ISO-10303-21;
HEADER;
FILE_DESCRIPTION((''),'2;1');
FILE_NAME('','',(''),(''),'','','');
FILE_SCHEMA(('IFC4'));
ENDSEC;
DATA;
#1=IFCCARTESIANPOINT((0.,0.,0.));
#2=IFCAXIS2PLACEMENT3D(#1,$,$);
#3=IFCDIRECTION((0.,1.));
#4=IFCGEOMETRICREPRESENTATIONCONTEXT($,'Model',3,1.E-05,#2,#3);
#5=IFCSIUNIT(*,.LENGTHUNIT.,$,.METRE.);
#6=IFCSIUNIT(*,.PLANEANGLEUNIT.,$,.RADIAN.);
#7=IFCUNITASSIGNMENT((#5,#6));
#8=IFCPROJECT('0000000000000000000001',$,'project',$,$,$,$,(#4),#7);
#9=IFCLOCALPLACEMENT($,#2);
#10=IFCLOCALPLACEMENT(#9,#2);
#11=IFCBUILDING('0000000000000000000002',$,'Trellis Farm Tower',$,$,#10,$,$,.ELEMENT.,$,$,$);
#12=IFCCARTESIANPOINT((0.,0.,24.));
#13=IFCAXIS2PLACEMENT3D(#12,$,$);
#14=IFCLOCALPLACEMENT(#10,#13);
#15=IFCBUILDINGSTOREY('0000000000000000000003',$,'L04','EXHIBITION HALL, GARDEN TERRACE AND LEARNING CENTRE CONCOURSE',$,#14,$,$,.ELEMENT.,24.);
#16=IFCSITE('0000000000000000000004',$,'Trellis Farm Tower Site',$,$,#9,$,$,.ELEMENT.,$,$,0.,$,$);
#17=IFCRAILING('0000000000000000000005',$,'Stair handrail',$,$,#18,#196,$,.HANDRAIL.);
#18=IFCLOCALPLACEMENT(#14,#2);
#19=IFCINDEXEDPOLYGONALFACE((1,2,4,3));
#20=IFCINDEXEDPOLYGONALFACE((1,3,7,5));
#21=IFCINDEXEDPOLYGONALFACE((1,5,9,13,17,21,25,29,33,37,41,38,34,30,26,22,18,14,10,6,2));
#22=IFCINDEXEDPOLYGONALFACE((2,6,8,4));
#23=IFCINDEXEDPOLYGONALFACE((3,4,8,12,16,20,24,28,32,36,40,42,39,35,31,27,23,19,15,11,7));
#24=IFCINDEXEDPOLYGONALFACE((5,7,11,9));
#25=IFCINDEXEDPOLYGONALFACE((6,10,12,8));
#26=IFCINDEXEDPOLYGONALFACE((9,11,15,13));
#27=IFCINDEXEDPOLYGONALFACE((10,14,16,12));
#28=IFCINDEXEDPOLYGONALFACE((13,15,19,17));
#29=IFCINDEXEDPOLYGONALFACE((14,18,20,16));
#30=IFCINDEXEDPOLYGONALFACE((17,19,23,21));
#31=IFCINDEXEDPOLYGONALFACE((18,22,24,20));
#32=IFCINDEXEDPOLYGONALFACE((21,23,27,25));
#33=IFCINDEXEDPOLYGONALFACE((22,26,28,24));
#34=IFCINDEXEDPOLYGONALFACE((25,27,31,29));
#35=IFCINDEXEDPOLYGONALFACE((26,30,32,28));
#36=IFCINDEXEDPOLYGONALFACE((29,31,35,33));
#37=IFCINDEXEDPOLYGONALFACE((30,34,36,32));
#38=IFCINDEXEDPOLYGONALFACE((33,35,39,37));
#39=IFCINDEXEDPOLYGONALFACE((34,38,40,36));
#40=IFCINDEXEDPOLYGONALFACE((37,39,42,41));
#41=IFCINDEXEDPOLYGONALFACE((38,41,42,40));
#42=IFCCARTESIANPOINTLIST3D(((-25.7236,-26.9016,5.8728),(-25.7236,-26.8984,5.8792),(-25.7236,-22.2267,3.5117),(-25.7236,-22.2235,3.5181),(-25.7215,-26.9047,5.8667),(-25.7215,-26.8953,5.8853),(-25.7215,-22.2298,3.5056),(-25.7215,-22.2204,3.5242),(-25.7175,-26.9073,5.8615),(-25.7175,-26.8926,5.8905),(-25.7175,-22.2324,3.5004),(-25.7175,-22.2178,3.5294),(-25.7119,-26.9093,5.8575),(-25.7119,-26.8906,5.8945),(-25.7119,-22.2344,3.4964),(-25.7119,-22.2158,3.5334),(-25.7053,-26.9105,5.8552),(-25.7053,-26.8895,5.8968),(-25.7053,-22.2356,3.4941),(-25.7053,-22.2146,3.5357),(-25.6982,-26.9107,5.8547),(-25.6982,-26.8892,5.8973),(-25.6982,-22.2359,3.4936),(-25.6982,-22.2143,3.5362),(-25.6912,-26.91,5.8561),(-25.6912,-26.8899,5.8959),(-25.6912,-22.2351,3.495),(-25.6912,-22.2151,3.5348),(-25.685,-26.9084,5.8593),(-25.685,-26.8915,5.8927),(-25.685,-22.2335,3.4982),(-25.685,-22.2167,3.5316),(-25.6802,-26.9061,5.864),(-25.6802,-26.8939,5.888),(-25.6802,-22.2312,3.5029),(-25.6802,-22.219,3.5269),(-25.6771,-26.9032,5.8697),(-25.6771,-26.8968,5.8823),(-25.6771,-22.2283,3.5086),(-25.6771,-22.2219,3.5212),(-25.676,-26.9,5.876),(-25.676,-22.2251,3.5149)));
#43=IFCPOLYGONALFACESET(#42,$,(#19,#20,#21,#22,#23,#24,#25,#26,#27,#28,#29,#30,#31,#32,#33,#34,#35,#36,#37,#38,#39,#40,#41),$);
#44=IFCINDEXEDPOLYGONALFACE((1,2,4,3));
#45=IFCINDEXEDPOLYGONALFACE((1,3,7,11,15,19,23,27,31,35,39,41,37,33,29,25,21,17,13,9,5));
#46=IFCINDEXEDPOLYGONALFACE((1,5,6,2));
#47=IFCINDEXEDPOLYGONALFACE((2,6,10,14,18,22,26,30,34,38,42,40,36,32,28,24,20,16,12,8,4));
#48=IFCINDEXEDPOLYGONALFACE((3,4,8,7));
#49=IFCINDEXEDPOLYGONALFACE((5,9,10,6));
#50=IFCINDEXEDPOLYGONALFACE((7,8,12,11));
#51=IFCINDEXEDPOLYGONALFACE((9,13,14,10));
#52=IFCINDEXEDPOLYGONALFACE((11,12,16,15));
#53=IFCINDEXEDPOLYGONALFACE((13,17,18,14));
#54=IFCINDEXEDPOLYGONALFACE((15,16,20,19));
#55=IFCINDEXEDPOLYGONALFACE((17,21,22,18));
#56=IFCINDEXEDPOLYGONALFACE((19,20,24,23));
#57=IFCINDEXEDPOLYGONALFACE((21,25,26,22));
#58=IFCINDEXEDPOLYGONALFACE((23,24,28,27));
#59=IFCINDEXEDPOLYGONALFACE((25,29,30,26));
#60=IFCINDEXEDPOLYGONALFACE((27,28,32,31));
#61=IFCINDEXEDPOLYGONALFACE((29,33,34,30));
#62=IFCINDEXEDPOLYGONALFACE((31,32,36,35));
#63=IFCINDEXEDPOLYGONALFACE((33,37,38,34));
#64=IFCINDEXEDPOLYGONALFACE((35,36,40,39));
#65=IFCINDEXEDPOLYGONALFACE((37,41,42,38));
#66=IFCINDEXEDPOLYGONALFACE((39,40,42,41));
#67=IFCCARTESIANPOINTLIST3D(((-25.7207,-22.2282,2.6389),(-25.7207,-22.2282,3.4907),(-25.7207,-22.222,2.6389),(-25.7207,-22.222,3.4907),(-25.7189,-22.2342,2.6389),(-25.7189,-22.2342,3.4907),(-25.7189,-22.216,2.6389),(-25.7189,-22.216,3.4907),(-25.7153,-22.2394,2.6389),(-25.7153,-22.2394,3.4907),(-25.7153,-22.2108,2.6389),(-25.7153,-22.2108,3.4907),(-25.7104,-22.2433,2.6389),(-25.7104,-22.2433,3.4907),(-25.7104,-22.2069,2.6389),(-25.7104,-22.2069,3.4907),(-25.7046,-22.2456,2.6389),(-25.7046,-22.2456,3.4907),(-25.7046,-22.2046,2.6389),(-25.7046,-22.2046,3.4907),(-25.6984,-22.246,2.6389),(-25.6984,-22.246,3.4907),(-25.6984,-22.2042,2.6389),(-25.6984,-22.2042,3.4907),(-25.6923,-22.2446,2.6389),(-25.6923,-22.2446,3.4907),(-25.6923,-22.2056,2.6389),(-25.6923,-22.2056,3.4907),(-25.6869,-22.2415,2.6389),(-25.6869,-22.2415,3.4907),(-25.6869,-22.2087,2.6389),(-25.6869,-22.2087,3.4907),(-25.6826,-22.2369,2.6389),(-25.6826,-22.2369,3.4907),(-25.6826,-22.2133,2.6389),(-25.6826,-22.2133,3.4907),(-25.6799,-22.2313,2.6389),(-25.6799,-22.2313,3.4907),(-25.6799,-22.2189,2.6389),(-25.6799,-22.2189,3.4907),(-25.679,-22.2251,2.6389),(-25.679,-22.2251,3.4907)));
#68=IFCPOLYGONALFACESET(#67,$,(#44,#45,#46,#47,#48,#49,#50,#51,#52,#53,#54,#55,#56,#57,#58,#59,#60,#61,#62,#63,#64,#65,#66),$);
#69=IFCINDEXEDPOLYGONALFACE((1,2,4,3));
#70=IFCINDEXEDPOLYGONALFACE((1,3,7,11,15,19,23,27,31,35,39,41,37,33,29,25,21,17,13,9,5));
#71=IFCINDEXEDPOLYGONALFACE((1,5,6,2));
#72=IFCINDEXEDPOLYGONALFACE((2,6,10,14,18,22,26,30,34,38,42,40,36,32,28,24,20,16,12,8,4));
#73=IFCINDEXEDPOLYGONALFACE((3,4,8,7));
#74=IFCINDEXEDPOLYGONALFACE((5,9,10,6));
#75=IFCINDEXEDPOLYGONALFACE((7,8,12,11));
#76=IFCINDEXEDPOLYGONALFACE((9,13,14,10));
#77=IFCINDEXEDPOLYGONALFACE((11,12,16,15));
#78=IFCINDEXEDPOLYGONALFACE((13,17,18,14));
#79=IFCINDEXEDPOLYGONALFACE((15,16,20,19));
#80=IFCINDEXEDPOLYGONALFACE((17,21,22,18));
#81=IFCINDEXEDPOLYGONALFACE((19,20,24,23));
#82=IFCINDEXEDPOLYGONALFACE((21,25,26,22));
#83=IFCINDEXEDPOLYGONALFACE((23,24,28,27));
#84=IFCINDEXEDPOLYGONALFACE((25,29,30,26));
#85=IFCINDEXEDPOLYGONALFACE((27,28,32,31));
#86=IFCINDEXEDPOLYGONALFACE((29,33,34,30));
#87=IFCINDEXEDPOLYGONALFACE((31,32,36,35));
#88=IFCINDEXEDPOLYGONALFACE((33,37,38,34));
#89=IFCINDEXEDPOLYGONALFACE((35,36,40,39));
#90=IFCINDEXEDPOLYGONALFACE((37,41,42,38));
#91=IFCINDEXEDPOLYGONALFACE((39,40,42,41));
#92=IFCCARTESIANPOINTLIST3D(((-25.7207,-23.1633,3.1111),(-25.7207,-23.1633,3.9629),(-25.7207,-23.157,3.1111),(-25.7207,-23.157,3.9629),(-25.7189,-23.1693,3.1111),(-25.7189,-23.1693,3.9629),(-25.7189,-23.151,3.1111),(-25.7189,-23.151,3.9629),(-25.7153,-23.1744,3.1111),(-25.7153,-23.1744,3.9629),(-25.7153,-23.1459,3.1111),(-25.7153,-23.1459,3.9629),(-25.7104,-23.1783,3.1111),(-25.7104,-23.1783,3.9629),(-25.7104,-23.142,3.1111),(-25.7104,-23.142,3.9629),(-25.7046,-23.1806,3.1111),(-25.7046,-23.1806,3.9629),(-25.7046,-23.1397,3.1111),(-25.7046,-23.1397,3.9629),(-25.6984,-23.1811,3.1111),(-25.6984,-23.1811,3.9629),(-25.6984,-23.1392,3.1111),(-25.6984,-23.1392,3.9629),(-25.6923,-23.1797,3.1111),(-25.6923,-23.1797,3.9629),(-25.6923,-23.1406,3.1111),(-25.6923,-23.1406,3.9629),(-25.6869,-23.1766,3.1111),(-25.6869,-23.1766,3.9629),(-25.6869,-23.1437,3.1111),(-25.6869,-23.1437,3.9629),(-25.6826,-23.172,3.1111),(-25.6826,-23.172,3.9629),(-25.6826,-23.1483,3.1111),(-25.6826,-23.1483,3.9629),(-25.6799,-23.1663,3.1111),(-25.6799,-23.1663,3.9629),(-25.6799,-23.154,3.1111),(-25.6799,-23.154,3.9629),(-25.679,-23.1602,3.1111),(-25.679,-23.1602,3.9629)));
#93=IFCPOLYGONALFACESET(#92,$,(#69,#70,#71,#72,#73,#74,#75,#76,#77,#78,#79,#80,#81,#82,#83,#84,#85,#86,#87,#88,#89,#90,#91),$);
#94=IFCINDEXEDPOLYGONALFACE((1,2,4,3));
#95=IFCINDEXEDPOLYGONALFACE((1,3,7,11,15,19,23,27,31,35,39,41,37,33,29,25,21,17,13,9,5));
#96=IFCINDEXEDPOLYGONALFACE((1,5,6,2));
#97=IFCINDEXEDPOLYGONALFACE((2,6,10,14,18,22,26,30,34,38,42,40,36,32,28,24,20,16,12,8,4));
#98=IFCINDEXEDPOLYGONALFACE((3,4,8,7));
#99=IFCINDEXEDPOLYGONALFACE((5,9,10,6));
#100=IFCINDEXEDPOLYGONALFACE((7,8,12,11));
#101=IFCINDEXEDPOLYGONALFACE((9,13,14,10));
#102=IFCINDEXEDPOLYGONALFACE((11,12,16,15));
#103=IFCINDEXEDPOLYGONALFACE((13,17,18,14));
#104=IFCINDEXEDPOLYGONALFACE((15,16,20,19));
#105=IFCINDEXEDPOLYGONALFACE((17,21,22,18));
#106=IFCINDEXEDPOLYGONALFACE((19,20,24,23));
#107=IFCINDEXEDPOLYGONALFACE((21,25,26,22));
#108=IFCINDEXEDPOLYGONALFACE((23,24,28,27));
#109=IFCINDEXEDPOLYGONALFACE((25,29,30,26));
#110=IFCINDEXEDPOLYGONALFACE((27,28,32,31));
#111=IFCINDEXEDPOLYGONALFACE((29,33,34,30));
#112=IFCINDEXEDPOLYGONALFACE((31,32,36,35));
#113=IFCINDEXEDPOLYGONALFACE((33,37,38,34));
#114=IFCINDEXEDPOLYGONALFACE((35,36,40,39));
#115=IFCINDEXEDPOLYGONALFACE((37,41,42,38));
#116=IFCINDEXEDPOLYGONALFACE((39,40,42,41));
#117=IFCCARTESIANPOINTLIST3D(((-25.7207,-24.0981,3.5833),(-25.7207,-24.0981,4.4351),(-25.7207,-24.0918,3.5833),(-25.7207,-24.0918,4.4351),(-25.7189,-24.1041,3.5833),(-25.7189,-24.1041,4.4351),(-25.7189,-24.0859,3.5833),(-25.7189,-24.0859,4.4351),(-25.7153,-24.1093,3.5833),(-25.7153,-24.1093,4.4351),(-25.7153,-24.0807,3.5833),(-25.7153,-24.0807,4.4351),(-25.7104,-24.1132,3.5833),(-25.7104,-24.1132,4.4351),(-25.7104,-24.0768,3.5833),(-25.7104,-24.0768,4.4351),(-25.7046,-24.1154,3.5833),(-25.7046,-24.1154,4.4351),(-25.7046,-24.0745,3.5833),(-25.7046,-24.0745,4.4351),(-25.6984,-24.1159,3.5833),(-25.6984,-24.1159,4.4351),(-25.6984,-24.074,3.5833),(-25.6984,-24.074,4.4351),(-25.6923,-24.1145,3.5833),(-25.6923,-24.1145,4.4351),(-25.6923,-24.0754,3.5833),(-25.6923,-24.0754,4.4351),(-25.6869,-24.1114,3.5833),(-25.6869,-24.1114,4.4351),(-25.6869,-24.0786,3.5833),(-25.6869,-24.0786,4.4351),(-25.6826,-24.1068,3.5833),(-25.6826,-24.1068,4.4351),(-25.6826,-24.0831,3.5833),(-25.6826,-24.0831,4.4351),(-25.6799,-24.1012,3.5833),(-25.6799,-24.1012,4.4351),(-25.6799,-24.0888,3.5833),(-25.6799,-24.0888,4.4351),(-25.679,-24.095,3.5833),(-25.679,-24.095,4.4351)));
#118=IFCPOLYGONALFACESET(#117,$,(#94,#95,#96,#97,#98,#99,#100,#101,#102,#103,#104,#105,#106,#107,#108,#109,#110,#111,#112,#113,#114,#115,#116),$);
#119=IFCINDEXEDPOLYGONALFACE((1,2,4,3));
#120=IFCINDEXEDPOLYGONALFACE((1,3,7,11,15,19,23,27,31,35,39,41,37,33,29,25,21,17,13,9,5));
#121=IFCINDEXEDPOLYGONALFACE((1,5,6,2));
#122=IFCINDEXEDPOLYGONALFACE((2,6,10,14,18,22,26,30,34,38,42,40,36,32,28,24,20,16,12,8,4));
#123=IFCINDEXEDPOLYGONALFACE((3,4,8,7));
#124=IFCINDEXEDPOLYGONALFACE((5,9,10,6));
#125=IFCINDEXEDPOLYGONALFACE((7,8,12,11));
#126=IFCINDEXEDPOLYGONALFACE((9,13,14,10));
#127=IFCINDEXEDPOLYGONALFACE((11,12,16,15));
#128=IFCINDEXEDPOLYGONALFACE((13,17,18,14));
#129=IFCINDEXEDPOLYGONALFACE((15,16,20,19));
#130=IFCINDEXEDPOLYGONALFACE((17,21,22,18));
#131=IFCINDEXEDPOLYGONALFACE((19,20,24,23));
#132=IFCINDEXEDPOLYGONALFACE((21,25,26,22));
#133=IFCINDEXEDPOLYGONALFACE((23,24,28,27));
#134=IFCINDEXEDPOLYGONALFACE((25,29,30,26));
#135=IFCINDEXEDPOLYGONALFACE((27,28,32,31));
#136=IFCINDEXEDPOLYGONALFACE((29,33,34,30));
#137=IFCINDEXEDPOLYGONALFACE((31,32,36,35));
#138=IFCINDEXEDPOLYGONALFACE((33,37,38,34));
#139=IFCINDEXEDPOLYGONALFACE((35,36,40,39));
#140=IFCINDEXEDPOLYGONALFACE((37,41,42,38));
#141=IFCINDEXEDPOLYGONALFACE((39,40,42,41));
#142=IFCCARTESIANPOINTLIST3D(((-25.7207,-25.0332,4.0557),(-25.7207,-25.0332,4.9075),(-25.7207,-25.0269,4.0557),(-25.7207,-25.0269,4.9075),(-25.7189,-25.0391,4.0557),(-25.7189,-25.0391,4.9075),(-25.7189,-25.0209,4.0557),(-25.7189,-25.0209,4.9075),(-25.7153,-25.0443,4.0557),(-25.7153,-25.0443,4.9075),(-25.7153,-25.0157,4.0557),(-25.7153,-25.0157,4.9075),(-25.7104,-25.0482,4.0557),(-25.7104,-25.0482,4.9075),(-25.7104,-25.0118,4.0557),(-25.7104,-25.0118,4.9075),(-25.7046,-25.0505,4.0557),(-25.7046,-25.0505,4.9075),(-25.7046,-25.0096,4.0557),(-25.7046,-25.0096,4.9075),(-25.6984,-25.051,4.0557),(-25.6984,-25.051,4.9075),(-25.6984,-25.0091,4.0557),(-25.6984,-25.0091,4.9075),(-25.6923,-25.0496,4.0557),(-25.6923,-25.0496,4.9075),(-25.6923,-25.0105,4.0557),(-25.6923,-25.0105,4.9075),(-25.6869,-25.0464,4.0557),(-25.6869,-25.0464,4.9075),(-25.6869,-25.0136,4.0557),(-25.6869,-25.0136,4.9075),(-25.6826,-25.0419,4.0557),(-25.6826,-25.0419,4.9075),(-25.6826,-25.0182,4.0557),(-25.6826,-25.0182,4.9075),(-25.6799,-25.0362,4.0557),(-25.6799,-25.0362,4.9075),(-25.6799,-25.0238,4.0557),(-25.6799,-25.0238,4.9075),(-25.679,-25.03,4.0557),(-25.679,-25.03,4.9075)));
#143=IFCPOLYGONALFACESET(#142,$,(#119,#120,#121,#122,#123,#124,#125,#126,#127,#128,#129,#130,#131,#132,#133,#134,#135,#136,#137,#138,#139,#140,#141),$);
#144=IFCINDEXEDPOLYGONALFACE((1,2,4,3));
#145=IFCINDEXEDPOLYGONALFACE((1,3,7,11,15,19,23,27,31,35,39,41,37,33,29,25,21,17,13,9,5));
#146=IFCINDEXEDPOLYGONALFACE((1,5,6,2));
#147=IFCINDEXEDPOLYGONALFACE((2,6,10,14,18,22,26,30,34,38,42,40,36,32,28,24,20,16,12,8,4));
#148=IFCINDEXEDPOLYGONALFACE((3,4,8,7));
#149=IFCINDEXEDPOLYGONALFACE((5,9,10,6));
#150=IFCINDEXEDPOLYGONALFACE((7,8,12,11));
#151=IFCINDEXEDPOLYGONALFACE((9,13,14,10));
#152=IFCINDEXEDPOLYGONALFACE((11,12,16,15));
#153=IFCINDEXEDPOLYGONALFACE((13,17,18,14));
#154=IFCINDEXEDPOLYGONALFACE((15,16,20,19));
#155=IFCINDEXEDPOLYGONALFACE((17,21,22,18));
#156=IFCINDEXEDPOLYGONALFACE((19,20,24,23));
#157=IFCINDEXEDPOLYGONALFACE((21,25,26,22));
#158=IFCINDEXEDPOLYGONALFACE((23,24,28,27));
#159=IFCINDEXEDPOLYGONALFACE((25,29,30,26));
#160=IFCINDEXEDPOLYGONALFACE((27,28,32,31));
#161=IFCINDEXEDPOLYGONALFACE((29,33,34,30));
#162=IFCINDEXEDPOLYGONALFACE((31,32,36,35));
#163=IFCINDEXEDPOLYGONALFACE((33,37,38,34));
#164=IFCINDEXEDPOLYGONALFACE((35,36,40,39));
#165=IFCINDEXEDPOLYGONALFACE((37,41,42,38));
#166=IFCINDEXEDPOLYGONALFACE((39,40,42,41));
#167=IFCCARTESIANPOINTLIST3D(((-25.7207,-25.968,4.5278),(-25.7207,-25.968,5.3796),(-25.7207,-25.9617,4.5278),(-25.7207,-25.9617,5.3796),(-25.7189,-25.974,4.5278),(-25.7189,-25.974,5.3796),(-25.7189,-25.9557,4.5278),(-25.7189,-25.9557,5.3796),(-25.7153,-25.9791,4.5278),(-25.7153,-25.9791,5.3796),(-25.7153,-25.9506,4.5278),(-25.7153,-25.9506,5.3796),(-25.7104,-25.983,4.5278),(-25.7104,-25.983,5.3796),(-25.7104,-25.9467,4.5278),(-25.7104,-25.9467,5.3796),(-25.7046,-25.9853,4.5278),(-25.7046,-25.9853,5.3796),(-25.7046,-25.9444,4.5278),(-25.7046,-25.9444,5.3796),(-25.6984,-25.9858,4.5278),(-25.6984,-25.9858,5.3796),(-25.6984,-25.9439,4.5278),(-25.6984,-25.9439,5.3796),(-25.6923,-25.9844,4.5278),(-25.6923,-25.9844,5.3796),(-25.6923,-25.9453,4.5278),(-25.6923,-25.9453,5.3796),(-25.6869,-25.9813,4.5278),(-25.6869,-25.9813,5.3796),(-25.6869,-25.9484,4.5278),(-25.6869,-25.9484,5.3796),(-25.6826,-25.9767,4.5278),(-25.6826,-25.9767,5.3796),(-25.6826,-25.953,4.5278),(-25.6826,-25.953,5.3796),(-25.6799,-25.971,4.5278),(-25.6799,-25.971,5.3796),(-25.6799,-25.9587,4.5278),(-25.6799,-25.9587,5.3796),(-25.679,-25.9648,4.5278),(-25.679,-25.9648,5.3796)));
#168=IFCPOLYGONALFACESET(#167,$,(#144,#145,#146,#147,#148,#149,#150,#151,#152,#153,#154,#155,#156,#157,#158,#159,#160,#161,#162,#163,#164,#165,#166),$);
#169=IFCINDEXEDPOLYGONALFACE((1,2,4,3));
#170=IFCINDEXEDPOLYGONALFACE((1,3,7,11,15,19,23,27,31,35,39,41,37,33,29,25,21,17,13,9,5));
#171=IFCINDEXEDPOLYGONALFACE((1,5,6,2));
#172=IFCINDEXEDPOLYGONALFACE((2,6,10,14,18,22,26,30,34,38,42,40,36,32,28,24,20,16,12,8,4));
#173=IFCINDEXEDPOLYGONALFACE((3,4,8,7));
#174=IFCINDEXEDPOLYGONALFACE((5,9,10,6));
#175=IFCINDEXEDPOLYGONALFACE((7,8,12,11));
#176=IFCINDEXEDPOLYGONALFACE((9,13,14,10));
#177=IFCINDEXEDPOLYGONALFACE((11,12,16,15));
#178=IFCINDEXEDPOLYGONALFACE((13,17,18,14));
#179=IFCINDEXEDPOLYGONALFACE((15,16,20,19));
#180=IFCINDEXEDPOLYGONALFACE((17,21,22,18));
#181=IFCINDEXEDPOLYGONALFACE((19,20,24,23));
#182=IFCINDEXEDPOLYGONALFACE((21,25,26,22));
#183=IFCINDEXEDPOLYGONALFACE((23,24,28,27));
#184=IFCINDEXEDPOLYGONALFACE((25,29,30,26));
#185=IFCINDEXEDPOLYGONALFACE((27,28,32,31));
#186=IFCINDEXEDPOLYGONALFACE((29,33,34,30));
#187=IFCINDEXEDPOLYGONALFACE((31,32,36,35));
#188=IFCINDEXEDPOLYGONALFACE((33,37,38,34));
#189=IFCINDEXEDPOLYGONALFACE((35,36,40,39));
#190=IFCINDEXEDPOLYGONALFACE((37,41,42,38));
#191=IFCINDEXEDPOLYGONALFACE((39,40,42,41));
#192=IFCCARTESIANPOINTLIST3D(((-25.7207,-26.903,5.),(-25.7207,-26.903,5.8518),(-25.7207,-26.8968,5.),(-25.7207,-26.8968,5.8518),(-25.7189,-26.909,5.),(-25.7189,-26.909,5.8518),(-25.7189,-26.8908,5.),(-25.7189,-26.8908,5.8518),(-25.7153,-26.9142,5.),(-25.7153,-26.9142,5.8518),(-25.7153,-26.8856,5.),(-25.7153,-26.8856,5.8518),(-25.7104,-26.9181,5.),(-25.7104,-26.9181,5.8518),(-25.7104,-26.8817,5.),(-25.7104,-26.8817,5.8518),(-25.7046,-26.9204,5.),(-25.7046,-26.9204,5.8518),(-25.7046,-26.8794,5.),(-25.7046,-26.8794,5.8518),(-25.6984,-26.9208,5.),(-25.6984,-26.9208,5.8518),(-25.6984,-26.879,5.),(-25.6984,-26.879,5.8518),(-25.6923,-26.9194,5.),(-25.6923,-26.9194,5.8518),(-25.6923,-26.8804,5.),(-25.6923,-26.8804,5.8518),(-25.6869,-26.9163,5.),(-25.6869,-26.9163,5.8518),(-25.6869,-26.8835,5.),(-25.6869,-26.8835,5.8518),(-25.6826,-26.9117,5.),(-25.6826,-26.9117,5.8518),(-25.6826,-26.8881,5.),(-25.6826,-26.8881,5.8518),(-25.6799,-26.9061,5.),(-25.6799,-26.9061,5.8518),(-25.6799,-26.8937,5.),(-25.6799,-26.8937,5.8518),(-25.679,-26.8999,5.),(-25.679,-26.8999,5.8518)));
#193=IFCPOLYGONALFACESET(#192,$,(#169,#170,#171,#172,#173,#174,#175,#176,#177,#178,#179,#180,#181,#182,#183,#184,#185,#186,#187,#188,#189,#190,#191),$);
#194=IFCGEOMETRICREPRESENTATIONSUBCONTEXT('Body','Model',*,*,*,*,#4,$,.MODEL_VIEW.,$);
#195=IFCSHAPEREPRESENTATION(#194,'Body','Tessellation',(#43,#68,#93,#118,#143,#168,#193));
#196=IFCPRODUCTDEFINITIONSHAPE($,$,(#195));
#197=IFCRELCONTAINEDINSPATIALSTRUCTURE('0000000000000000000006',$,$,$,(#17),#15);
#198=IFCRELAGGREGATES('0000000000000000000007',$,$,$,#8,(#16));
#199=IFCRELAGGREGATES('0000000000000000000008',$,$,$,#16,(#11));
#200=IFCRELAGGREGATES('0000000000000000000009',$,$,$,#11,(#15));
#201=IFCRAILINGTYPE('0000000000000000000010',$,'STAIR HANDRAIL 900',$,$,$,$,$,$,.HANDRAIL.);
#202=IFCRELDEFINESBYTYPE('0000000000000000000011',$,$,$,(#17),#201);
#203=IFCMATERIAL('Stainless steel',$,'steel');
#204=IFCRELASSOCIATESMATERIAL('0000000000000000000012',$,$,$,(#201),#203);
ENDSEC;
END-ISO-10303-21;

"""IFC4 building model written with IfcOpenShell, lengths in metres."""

from ifc_helpers import new_model, si_unit, direction, frame, origin, origin_2d, place, context, subcontext, project, spatial, circle, extrude, source, transform, mapped, material, type_object, element, save


model = new_model("IFC4")

# Units and contexts
model_context = context("Model", 3, precision=1e-05, world=origin(), true_north=direction((0.0, 1.0)))
body_context = subcontext(model_context, "Body", "Model", "MODEL_VIEW")
ifc_project = project(units=[si_unit("LENGTHUNIT", "METRE"), si_unit("PLANEANGLEUNIT", "RADIAN")], contexts=[model_context])

# Site, building, storey
site_placement = place(None, origin())
site = spatial("IfcSite", under=ifc_project, at=site_placement, Name="Trellis Farm Tower Site", CompositionType="ELEMENT", RefElevation=0.0)
building_placement = place(site_placement, origin())
building = spatial("IfcBuilding", under=site, at=building_placement, Name="Trellis Farm Tower", CompositionType="ELEMENT")
storey_placement = place(building_placement, frame((0.0, 0.0, 24.0)))
storey = spatial("IfcBuildingStorey", under=building, at=storey_placement, Name="L04", Description="EXHIBITION HALL, GARDEN TERRACE AND LEARNING CENTRE CONCOURSE", CompositionType="ELEMENT", Elevation=24.0)

# Railing
ifc_material_1 = material(Name="Stainless steel", Category="steel")
railing_type = type_object("IfcRailingType", Name="STAIR HANDRAIL 900", PredefinedType="HANDRAIL", material=ifc_material_1)
shared_shape_1 = source(origin(), body_context, "Body", "SweptSolid", [
    extrude(circle(Radius=0.0239, at=origin_2d()), frame((0.0, 0.0, 0.876), z_axis=(0.0, -0.892611, 0.450827), x_axis=(1.0, 0.0, 0.0)), (0.0, 0.0, 1.0), 5.2373),
    extrude(circle(Radius=0.021, at=origin_2d()), origin(), (0.0, 0.0, 1.0), 0.8518),
    extrude(circle(Radius=0.021, at=origin_2d()), frame((0.0, -0.9351, 0.4722)), (0.0, 0.0, 1.0), 0.8518),
    extrude(circle(Radius=0.021, at=origin_2d()), frame((0.0, -1.8699, 0.9443)), (0.0, 0.0, 1.0), 0.8518),
    extrude(circle(Radius=0.021, at=origin_2d()), frame((0.0, -2.8049, 1.4167)), (0.0, 0.0, 1.0), 0.8518),
    extrude(circle(Radius=0.021, at=origin_2d()), frame((0.0, -3.7397, 1.8889)), (0.0, 0.0, 1.0), 0.8518),
    extrude(circle(Radius=0.021, at=origin_2d()), frame((0.0, -4.6748, 2.3611)), (0.0, 0.0, 1.0), 0.8518),
])
railing_placement = place(storey_placement, frame((-25.7, -22.2251, 2.6389)))
element("IfcRailing", 1, at=railing_placement, inside=storey, type_object=railing_type, Name="Stair handrail", PredefinedType="HANDRAIL", context=body_context, shape_type="MappedRepresentation", body=[
    mapped(shared_shape_1, transform((0.0, 0.0, 0.0))),
])

save(model, "model.ifc")
